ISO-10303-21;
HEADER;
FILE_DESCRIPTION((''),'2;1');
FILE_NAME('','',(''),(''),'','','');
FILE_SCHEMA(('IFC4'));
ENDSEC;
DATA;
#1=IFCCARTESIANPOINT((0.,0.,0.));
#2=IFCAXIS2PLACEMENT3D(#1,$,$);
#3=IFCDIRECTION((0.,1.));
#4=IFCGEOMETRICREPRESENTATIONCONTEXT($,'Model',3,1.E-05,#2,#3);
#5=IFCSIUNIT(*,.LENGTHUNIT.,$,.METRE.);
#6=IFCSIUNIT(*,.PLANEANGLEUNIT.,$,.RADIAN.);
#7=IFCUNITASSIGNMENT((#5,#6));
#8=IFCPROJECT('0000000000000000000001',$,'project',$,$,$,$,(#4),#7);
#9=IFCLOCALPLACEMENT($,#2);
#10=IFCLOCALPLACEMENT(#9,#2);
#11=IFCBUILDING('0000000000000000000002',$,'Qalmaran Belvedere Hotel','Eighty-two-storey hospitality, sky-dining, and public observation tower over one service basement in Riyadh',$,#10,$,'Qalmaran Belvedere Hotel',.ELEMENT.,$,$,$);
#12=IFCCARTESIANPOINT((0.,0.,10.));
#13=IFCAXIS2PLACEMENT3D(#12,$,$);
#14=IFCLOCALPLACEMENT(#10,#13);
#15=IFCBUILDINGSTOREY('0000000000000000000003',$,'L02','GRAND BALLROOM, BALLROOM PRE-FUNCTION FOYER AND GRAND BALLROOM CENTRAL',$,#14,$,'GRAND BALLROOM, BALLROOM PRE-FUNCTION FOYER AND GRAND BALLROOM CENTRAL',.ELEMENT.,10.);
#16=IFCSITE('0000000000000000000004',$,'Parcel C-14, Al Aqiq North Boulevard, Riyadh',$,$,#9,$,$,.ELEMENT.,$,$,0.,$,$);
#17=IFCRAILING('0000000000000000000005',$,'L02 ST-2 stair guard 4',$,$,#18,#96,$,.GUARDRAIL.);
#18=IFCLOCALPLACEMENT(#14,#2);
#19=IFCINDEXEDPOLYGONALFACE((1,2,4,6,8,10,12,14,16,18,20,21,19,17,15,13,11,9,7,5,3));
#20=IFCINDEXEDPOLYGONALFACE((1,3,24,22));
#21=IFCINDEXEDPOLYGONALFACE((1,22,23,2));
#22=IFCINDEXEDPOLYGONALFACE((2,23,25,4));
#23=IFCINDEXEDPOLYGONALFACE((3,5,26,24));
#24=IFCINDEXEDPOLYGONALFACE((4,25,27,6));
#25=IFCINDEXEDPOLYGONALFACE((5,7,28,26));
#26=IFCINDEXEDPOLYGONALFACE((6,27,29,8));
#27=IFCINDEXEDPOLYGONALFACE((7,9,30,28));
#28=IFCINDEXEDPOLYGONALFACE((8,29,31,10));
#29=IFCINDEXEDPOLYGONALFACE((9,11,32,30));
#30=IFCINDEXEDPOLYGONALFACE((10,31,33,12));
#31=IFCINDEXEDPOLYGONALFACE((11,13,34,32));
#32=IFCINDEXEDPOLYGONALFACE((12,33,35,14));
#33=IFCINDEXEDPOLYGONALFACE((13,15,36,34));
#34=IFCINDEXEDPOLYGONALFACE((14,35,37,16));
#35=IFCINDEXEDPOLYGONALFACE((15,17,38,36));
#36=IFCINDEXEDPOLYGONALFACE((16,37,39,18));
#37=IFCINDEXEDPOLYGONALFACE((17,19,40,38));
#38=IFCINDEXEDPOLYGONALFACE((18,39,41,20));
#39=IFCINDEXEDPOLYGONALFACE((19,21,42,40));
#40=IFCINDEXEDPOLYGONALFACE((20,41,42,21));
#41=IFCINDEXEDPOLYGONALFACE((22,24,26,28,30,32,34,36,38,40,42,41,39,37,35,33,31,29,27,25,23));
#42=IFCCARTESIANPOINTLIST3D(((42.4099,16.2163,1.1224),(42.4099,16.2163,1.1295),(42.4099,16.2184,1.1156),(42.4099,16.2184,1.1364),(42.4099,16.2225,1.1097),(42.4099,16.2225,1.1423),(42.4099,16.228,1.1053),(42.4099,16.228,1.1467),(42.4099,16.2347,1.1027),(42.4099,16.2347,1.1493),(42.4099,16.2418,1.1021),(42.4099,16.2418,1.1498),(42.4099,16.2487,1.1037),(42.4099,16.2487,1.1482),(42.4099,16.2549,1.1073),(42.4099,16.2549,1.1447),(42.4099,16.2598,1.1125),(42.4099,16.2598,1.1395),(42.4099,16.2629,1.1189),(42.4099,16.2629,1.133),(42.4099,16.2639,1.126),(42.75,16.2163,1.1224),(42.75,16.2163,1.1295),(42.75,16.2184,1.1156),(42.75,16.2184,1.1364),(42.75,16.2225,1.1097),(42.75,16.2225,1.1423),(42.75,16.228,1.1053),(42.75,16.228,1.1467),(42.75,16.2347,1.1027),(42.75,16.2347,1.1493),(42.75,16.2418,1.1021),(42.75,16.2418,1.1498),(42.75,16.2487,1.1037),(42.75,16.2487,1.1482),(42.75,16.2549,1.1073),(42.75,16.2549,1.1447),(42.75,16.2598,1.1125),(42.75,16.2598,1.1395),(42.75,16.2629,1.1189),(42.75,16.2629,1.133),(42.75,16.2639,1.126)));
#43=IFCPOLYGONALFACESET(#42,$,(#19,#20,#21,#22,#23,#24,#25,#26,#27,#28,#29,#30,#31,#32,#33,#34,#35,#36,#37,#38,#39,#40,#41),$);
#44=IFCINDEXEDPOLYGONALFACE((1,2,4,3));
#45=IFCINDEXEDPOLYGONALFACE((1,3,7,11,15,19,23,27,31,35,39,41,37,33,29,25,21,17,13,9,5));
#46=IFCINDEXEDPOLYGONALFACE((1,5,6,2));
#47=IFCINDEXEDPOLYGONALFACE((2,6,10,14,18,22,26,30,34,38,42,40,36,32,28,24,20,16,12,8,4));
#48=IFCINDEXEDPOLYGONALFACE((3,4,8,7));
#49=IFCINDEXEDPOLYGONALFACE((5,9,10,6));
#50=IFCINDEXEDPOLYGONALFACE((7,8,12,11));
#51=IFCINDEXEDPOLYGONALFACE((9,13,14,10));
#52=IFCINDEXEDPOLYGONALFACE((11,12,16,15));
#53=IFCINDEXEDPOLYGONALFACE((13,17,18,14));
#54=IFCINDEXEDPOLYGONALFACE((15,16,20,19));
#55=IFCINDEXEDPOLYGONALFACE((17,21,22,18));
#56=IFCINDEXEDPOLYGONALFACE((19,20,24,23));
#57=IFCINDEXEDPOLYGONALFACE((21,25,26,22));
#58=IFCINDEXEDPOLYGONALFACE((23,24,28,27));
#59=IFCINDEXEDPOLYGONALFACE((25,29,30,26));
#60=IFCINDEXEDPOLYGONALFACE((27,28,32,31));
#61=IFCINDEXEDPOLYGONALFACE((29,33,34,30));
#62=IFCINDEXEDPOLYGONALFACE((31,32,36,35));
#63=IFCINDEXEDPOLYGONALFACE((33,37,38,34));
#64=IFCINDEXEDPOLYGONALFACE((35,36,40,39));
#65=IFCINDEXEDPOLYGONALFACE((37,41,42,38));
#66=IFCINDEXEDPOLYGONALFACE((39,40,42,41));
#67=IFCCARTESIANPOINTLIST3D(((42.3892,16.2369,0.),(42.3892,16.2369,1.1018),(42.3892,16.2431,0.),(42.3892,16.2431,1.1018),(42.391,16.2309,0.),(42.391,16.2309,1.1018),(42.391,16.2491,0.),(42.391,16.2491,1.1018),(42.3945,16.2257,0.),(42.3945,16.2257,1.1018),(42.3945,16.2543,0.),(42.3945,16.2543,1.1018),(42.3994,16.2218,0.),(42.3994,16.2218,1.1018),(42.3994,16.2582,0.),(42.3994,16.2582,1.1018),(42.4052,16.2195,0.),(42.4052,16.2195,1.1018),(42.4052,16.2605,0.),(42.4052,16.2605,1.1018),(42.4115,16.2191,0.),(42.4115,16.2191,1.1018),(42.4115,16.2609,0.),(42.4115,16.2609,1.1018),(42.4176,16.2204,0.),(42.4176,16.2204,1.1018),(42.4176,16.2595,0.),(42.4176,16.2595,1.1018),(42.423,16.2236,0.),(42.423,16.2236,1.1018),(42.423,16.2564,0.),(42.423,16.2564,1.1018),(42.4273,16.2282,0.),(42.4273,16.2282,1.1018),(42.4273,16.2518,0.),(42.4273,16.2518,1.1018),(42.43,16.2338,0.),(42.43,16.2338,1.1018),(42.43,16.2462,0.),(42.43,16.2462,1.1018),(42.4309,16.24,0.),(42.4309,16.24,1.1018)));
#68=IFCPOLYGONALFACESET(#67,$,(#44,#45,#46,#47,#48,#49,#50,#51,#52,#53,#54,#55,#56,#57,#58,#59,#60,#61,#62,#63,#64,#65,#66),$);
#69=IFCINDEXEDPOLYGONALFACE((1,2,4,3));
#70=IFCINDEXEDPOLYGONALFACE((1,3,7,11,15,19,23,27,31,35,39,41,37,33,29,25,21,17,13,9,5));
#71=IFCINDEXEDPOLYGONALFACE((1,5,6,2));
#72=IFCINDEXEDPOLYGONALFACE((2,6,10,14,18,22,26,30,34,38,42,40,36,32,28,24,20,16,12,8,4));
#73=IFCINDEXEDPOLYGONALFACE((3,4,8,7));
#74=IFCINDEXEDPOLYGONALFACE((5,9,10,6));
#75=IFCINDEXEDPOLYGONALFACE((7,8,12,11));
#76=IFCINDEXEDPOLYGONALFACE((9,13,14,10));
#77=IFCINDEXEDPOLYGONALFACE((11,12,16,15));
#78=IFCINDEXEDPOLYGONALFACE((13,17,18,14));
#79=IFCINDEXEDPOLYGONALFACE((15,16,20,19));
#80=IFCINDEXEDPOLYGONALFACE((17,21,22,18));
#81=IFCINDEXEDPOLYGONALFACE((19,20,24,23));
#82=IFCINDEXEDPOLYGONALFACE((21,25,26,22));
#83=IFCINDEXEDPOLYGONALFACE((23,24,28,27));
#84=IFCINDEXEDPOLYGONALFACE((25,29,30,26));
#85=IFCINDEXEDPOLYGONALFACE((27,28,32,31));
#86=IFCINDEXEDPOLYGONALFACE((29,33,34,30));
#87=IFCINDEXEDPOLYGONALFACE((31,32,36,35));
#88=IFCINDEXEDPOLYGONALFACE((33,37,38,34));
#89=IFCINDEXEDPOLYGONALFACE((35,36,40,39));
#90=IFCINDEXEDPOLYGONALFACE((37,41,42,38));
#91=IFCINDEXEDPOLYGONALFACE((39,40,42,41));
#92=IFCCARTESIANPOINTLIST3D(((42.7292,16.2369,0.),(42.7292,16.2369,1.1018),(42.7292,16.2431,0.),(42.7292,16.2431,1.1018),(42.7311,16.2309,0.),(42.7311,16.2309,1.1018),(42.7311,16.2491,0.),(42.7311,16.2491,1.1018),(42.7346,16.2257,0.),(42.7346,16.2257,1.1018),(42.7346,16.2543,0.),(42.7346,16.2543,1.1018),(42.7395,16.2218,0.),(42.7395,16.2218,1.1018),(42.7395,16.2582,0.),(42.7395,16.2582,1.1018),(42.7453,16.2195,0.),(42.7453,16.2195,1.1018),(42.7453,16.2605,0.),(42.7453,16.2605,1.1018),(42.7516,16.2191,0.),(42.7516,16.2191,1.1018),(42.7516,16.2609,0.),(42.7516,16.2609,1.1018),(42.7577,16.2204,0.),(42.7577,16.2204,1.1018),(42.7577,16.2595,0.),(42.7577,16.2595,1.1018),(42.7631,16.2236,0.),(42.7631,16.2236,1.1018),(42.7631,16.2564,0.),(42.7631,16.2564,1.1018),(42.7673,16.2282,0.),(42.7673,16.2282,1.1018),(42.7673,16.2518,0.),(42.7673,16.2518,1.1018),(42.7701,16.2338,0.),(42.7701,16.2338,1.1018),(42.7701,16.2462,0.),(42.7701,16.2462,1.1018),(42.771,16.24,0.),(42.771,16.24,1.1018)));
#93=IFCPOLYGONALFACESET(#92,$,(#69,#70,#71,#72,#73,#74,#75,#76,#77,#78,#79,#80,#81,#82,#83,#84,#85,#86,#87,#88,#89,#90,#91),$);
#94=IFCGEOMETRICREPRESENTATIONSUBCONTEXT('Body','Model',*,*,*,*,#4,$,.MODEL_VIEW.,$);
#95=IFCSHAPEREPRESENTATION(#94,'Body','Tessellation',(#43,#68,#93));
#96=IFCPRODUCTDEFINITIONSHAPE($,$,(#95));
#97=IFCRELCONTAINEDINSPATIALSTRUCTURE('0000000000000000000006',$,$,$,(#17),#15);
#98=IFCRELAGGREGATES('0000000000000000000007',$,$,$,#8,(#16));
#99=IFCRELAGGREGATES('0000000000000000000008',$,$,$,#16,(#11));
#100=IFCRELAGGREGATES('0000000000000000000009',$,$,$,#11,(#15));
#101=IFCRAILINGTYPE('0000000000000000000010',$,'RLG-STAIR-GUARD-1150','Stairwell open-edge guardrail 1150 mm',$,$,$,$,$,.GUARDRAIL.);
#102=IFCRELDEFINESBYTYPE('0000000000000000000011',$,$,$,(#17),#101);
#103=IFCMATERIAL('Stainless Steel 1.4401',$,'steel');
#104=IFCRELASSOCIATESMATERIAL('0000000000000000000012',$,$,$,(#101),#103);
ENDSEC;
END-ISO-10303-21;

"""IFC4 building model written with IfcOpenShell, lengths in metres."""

from ifc_helpers import new_model, si_unit, direction, frame, origin, origin_2d, place, context, subcontext, project, spatial, circle, extrude, material, type_object, element, save


model = new_model("IFC4")

# Units and contexts
model_context = context("Model", 3, precision=1e-05, world=origin(), true_north=direction((0.0, 1.0)))
body_context = subcontext(model_context, "Body", "Model", "MODEL_VIEW")
ifc_project = project(units=[si_unit("LENGTHUNIT", "METRE"), si_unit("PLANEANGLEUNIT", "RADIAN")], contexts=[model_context])

# Site, building, storey
site_placement = place(None, origin())
site = spatial("IfcSite", under=ifc_project, at=site_placement, Name="Parcel C-14, Al Aqiq North Boulevard, Riyadh", CompositionType="ELEMENT", RefElevation=0.0)
building_placement = place(site_placement, origin())
building = spatial("IfcBuilding", under=site, at=building_placement, Name="Qalmaran Belvedere Hotel", Description="Eighty-two-storey hospitality, sky-dining, and public observation tower over one service basement in Riyadh", LongName="Qalmaran Belvedere Hotel", CompositionType="ELEMENT")
storey_placement = place(building_placement, frame((0.0, 0.0, 10.0)))
storey = spatial("IfcBuildingStorey", under=building, at=storey_placement, Name="L02", Description="GRAND BALLROOM, BALLROOM PRE-FUNCTION FOYER AND GRAND BALLROOM CENTRAL", LongName="GRAND BALLROOM, BALLROOM PRE-FUNCTION FOYER AND GRAND BALLROOM CENTRAL", CompositionType="ELEMENT", Elevation=10.0)

# Shared definitions
ifc_material_1 = material(Name="Stainless Steel 1.4401", Category="steel")

# Railing
railing_type_1 = type_object("IfcRailingType", Name="RLG-STAIR-GUARD-1150", Description="Stairwell open-edge guardrail 1150 mm", PredefinedType="GUARDRAIL", material=ifc_material_1)
railing_1_placement = place(storey_placement, frame((42.4099, 16.24, 0.0)))
element("IfcRailing", 1, at=railing_1_placement, inside=storey, type_object=railing_type_1, Name="L02 ST-2 stair guard 4", PredefinedType="GUARDRAIL", context=body_context, shape_type="SweptSolid", body=[
    extrude(circle(Radius=0.0239, at=origin_2d()), frame((0.0, 0.0, 1.126), z_axis=(1.0, 0.0, 0.0), x_axis=(0.0, 1.0, 0.0)), (0.0, 0.0, 1.0), 0.3401),
    extrude(circle(Radius=0.021, at=origin_2d()), origin(), (0.0, 0.0, 1.0), 1.1018),
    extrude(circle(Radius=0.021, at=origin_2d()), frame((0.3401, 0.0, 0.0)), (0.0, 0.0, 1.0), 1.1018),
])

save(model, "model.ifc")
